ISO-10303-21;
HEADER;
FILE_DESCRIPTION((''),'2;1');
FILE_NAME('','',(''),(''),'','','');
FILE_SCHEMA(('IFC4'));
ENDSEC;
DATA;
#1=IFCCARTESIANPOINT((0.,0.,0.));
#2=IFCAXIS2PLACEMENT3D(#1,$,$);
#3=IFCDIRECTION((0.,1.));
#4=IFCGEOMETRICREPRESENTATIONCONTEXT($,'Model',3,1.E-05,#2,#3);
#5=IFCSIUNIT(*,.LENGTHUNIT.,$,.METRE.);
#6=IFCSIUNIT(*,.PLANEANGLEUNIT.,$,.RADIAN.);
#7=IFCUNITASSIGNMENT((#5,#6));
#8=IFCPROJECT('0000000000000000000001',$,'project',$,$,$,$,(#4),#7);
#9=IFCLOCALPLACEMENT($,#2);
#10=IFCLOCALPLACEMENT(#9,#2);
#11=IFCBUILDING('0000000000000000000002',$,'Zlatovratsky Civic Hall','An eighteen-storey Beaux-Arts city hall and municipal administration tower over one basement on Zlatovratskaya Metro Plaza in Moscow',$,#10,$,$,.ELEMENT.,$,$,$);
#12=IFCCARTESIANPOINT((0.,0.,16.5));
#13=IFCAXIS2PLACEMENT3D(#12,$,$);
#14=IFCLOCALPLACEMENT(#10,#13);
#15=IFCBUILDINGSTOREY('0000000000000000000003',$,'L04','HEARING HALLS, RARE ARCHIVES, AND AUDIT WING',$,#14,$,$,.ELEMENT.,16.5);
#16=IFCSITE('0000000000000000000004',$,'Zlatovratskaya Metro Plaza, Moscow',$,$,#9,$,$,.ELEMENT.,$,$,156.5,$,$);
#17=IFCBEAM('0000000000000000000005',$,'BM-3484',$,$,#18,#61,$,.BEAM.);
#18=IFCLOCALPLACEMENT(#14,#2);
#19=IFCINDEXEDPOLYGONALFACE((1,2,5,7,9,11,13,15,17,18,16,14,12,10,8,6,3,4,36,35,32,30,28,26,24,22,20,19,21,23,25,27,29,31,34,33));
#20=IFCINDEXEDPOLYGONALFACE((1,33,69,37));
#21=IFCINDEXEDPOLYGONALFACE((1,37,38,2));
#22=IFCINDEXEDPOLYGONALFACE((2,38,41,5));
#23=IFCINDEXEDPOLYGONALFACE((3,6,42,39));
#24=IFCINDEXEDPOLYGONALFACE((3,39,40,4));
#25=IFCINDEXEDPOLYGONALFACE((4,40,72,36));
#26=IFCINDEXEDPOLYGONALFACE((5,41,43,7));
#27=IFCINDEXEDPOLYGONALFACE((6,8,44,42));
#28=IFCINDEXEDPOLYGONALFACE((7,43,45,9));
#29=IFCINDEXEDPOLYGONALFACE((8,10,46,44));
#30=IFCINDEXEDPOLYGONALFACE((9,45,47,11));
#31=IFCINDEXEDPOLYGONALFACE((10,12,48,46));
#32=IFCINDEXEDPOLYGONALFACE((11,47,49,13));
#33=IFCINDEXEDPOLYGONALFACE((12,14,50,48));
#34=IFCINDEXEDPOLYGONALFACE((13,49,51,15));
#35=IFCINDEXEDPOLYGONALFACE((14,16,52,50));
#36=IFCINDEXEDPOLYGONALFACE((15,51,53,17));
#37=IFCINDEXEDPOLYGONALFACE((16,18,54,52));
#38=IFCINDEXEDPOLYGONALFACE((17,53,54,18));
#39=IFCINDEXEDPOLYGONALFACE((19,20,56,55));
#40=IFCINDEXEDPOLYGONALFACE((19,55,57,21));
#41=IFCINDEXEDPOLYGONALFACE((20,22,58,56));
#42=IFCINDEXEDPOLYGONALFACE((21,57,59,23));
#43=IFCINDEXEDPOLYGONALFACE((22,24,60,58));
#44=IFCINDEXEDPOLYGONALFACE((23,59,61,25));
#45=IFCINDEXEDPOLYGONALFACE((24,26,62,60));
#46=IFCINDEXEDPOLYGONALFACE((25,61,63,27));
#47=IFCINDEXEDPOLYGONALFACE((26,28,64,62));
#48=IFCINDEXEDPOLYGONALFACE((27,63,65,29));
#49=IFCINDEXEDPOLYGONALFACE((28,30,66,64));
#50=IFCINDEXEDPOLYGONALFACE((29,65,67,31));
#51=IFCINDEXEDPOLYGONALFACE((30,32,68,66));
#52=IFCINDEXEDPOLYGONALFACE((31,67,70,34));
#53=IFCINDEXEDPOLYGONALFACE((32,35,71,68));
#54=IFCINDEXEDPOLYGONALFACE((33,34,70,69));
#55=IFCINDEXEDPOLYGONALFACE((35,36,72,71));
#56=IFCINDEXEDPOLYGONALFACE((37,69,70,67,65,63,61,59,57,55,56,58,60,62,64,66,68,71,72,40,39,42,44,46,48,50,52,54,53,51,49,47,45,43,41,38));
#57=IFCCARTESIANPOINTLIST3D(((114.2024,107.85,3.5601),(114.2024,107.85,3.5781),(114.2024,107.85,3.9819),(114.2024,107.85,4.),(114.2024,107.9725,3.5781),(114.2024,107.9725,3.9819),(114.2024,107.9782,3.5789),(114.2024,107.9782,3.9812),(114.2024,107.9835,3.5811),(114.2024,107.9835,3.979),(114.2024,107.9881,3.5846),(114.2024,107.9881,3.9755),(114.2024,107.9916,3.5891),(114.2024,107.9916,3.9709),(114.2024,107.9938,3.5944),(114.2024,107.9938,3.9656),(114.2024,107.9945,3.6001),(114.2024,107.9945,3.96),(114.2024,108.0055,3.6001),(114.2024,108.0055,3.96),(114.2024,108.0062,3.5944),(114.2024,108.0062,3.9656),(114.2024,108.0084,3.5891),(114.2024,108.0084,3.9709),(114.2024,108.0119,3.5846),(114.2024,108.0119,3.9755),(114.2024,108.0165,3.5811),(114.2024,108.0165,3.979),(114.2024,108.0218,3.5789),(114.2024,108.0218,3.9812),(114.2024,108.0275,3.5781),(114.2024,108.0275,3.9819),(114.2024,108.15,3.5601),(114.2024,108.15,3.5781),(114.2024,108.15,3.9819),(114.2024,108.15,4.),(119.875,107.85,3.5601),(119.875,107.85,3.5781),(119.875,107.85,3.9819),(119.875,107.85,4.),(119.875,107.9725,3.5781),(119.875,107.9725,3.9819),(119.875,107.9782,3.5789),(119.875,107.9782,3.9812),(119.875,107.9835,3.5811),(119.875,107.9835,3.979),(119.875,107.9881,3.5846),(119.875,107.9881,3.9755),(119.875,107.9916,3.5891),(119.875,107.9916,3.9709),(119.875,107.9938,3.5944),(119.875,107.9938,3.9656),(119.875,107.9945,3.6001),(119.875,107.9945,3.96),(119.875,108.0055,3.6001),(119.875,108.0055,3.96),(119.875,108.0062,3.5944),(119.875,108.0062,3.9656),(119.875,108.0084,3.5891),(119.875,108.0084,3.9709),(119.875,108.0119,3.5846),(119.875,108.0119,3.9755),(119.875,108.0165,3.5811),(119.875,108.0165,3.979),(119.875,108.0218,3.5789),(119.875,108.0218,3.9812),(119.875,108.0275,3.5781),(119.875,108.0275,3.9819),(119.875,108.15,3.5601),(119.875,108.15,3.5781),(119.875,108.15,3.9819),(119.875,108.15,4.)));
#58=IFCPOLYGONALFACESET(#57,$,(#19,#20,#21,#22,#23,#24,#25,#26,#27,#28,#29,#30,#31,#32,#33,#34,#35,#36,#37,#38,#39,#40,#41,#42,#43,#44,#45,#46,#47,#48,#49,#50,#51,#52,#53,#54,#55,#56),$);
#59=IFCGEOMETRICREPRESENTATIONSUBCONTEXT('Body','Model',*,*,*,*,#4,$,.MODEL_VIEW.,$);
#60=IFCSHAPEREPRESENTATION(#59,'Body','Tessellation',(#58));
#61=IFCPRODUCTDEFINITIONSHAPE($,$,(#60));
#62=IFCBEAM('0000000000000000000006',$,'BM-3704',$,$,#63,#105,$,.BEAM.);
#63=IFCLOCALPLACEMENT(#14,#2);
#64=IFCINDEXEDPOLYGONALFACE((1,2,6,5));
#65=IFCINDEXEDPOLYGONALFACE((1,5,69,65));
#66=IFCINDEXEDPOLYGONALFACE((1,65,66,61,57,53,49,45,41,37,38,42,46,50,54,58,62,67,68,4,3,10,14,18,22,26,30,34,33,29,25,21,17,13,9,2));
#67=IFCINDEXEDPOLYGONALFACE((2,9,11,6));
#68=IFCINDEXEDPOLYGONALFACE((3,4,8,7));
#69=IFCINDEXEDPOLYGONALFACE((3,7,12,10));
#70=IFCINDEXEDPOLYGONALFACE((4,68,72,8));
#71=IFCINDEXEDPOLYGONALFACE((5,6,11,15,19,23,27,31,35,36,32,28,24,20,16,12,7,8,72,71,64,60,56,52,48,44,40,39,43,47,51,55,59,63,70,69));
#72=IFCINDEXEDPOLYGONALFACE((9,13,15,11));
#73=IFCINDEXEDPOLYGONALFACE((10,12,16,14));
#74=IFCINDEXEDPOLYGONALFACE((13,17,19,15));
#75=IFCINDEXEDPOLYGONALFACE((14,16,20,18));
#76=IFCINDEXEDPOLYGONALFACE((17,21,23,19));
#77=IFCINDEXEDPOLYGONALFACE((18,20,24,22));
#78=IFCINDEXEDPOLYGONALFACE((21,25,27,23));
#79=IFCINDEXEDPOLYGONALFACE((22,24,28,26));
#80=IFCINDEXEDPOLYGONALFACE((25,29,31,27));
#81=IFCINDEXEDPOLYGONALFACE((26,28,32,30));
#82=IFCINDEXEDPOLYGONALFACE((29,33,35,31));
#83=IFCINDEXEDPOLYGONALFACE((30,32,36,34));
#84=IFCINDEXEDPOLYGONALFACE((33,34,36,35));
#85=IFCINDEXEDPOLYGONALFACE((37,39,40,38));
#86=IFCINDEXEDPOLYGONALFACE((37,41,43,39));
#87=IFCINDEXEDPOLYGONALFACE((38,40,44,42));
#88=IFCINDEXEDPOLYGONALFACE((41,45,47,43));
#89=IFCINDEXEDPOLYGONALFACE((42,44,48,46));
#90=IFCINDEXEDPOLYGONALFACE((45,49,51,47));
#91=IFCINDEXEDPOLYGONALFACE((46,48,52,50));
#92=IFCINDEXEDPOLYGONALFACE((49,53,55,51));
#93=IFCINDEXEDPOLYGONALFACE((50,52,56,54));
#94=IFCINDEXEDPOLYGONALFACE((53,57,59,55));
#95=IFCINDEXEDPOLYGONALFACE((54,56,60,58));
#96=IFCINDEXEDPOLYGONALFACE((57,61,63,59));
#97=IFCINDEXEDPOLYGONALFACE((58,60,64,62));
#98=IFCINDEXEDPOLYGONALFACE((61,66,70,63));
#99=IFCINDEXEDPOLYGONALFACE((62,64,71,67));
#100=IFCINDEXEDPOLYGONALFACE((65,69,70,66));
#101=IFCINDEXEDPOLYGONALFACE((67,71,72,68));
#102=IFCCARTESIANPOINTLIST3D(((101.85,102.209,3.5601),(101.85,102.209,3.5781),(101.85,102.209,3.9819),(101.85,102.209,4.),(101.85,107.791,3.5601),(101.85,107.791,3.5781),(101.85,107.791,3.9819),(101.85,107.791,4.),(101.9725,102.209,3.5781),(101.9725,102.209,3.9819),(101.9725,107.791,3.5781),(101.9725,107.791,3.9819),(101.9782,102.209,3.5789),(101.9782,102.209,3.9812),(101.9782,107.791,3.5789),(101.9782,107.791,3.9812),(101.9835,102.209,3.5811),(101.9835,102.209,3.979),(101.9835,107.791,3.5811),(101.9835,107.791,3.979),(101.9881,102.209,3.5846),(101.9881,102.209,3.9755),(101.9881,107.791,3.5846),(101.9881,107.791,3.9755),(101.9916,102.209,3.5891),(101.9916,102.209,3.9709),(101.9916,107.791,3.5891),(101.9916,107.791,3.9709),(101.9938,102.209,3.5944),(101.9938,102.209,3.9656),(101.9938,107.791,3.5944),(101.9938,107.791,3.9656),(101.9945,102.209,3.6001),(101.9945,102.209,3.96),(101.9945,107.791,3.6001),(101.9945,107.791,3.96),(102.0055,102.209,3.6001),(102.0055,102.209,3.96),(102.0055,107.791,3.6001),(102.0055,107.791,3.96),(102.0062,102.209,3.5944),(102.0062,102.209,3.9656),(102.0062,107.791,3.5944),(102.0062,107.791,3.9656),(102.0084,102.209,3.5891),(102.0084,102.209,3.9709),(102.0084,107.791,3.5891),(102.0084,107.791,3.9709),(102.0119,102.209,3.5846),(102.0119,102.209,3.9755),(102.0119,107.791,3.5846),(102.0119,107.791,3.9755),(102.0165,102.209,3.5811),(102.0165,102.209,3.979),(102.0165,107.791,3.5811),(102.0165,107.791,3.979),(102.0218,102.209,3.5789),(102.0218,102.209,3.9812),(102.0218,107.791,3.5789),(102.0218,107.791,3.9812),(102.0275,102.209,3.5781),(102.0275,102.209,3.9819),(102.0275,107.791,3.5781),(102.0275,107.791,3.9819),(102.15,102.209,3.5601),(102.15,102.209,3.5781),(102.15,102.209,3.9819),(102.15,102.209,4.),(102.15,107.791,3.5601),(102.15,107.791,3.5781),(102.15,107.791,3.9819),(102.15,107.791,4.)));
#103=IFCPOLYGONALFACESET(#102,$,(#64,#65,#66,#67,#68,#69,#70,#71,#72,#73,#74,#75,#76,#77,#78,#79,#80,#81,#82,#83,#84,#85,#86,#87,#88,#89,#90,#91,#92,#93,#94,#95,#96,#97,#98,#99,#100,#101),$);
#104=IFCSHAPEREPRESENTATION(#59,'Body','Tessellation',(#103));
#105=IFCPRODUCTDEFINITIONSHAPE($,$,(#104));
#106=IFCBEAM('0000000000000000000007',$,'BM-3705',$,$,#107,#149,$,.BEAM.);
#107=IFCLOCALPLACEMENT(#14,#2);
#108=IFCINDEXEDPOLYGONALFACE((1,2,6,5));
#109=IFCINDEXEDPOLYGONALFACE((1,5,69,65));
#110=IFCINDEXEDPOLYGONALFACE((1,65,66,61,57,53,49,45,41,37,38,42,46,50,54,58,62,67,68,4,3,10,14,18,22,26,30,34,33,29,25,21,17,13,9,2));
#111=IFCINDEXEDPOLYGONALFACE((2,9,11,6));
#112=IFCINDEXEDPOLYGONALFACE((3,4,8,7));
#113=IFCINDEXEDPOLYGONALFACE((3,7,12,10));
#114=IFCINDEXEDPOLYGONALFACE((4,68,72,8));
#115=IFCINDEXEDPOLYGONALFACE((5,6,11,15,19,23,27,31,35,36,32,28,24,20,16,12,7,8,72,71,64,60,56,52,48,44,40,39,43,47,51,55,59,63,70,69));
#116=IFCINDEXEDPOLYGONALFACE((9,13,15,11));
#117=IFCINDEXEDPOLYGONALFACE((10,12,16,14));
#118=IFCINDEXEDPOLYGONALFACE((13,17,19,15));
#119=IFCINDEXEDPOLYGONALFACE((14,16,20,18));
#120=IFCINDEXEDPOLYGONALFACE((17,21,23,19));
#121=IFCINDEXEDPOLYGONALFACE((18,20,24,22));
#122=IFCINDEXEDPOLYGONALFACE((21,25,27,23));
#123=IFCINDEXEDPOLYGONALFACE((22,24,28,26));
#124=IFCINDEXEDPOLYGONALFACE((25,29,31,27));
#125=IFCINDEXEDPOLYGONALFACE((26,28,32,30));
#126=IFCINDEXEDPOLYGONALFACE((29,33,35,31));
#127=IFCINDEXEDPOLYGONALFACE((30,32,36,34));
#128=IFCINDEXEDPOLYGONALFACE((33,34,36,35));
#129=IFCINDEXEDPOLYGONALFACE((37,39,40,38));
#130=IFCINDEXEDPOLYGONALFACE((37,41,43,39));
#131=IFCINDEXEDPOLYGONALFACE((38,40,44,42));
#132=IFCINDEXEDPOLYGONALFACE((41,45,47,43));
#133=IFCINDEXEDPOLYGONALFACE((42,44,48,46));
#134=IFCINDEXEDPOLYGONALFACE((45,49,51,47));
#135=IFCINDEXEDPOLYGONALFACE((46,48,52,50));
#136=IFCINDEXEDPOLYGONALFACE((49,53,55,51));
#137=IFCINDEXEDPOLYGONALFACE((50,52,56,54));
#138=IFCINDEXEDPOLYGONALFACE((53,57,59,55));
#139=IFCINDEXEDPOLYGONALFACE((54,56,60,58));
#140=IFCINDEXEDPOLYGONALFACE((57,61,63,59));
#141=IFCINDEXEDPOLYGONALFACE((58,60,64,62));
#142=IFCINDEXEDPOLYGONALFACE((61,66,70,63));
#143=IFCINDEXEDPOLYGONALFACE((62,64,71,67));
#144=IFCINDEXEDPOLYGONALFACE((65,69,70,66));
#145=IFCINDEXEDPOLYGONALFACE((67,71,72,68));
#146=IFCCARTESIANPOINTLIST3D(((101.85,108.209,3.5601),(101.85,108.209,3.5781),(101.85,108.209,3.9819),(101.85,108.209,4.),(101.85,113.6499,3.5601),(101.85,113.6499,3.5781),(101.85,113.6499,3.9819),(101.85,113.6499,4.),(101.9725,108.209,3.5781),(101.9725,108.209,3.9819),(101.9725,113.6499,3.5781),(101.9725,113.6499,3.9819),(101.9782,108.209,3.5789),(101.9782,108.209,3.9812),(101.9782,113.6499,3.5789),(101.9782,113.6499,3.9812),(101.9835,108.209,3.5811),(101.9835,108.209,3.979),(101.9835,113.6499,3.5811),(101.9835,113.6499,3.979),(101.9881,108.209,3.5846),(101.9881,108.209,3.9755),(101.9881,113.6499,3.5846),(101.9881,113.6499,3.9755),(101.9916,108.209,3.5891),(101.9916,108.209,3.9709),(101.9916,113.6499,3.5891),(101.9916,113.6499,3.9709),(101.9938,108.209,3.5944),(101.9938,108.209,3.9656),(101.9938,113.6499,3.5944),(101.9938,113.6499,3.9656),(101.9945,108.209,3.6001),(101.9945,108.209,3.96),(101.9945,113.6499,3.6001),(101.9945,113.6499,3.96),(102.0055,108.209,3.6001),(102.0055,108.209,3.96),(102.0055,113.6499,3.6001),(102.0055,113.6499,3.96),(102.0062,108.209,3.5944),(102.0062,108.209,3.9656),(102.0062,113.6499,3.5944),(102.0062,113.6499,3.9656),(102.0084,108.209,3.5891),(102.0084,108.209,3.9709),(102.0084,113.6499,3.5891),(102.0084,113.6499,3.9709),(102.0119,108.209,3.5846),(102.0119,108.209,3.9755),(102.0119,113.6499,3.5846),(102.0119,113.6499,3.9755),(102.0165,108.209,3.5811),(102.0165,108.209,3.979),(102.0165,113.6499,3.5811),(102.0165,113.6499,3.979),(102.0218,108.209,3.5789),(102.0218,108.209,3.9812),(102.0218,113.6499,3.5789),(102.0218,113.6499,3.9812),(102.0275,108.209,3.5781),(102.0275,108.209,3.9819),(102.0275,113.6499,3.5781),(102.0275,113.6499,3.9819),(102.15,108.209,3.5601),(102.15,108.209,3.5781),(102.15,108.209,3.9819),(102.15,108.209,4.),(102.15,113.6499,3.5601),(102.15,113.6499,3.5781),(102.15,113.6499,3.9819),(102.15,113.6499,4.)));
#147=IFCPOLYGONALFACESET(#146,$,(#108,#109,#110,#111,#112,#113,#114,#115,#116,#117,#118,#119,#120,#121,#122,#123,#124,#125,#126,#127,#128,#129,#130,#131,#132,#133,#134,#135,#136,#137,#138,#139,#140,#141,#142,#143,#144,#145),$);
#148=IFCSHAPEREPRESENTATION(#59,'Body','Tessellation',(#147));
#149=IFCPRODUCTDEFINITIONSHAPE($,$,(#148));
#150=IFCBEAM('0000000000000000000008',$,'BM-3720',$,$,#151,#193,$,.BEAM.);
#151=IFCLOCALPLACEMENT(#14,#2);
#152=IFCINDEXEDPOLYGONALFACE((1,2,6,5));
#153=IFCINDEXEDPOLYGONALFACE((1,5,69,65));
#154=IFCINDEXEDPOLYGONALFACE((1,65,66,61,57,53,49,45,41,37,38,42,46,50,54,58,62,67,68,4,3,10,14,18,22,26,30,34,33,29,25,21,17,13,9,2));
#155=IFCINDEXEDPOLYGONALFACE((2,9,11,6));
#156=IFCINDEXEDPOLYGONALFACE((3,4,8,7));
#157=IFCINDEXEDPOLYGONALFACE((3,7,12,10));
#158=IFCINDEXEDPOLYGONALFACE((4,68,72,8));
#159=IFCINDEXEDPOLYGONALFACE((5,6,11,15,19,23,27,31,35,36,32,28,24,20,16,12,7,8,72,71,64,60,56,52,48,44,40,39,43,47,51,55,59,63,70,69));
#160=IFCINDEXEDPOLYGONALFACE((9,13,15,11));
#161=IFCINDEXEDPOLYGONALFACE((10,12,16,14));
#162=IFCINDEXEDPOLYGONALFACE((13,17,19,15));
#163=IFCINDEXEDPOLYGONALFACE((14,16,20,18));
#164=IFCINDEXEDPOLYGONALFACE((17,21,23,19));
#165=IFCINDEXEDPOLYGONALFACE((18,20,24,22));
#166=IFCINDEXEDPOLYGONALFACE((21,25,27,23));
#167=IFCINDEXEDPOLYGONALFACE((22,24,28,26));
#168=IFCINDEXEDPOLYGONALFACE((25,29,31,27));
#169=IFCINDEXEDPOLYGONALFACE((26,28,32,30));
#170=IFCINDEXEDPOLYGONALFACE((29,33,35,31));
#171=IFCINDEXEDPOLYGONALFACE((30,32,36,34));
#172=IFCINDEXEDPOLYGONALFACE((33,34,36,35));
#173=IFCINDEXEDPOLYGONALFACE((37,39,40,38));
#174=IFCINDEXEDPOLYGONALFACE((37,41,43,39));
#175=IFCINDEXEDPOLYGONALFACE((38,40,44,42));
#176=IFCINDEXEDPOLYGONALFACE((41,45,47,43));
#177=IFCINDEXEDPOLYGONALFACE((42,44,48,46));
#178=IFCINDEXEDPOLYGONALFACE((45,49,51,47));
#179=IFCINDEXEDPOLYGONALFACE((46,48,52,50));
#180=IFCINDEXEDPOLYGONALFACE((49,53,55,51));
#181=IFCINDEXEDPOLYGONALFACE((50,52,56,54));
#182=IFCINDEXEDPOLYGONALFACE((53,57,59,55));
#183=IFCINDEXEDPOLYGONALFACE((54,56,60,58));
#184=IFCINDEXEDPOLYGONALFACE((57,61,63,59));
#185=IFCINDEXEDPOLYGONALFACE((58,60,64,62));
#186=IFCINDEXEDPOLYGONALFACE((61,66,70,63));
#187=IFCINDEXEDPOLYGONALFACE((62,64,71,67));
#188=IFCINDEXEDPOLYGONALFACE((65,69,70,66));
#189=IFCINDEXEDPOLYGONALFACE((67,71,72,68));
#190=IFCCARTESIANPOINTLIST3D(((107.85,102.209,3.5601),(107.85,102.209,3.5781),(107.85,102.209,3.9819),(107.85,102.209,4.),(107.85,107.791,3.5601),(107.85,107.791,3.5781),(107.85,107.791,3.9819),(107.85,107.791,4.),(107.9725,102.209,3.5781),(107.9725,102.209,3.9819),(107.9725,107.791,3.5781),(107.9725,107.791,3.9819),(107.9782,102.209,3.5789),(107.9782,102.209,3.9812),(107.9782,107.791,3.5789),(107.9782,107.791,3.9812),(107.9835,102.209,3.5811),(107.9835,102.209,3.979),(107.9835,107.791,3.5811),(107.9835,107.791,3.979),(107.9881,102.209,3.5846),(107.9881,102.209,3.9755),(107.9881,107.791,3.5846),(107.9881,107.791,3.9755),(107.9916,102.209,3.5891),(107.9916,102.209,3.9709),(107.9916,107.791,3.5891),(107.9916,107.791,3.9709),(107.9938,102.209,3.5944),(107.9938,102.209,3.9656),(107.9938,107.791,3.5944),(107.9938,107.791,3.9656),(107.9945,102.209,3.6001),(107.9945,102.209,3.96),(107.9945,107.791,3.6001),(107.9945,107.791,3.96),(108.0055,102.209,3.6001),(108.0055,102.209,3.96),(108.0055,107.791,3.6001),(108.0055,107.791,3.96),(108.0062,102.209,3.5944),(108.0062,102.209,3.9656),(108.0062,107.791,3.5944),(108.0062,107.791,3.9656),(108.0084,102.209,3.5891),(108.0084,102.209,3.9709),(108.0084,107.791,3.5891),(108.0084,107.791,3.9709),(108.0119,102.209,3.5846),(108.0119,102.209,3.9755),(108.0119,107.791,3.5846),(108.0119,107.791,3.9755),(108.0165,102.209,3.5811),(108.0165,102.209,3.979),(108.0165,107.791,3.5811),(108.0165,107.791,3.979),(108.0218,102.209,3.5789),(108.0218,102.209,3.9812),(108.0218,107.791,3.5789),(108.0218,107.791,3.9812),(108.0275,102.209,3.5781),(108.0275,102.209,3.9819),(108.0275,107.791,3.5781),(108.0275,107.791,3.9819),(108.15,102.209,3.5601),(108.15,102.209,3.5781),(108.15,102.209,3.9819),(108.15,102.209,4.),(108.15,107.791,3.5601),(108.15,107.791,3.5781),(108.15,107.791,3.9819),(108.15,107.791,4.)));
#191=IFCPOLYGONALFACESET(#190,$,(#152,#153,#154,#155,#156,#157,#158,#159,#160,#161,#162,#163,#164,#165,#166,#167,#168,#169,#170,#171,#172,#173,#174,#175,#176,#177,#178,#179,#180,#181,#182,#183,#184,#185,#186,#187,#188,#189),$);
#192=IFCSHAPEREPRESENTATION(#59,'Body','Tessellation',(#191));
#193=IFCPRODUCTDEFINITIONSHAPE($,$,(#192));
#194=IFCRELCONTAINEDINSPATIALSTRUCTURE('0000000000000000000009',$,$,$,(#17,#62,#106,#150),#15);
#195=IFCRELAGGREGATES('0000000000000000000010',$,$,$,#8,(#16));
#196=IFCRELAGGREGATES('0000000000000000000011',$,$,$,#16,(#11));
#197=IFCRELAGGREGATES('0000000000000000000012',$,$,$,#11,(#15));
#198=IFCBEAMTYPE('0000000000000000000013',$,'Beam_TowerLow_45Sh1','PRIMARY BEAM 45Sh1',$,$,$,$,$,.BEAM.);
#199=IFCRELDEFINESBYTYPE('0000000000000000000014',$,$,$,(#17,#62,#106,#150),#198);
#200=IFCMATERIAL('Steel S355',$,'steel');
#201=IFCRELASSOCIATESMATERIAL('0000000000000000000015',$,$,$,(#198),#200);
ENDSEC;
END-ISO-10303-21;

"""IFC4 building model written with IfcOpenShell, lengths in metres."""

from ifc_helpers import new_model, si_unit, direction, frame, origin, origin_2d, place, context, subcontext, project, spatial, i_section, extrude, material, material_profile, profile_set, type_object, element, save


model = new_model("IFC4")

# Units and contexts
model_context = context("Model", 3, precision=1e-05, world=origin(), true_north=direction((0.0, 1.0)))
body_context = subcontext(model_context, "Body", "Model", "MODEL_VIEW")
ifc_project = project(units=[si_unit("LENGTHUNIT", "METRE"), si_unit("PLANEANGLEUNIT", "RADIAN")], contexts=[model_context])

# Site, building, storey
site_placement = place(None, origin())
site = spatial("IfcSite", under=ifc_project, at=site_placement, Name="Zlatovratskaya Metro Plaza, Moscow", CompositionType="ELEMENT", RefElevation=156.5)
building_placement = place(site_placement, origin())
building = spatial("IfcBuilding", under=site, at=building_placement, Name="Zlatovratsky Civic Hall", Description="An eighteen-storey Beaux-Arts city hall and municipal administration tower over one basement on Zlatovratskaya Metro Plaza in Moscow", CompositionType="ELEMENT")
storey_placement = place(building_placement, frame((0.0, 0.0, 16.5)))
storey = spatial("IfcBuildingStorey", under=building, at=storey_placement, Name="L04", Description="HEARING HALLS, RARE ARCHIVES, AND AUDIT WING", CompositionType="ELEMENT", Elevation=16.5)

# Shared definitions
ifc_material_1 = material(Name="Steel S355", Category="steel")

# Beams
ifc_material_profile_1 = material_profile(ifc_material_1, i_section(OverallWidth=0.3, OverallDepth=0.4399, WebThickness=0.011, FlangeThickness=0.0181, FilletRadius=0.022, at=origin_2d()), Name="45Sh1")
ifc_profile_set_1 = profile_set([ifc_material_profile_1], Name="Steel S355")
beam_type_1 = type_object("IfcBeamType", Name="Beam_TowerLow_45Sh1", Description="PRIMARY BEAM 45Sh1", PredefinedType="BEAM", material=ifc_profile_set_1)
beam_1_placement = place(storey_placement, frame((114.2024, 108.0, 3.78), z_axis=(1.0, 0.0, 0.0), x_axis=(0.0, 1.0, 0.0)))
element("IfcBeam", 1, at=beam_1_placement, inside=storey, type_object=beam_type_1, Name="BM-3484", PredefinedType="BEAM", context=body_context, shape_type="SweptSolid", body=[
    extrude(i_section(OverallWidth=0.3, OverallDepth=0.4399, WebThickness=0.011, FlangeThickness=0.0181, FilletRadius=0.022, at=origin_2d()), origin(), (0.0, 0.0, 1.0), 5.6726),
])
beam_2_placement = place(storey_placement, frame((102.0, 102.209, 3.78), z_axis=(0.0, 1.0, 0.0), x_axis=(-1.0, 0.0, 0.0)))
element("IfcBeam", 2, at=beam_2_placement, inside=storey, type_object=beam_type_1, Name="BM-3704", PredefinedType="BEAM", context=body_context, shape_type="SweptSolid", body=[
    extrude(i_section(OverallWidth=0.3, OverallDepth=0.4399, WebThickness=0.011, FlangeThickness=0.0181, FilletRadius=0.022, at=origin_2d()), origin(), (0.0, 0.0, 1.0), 5.582),
])
beam_3_placement = place(storey_placement, frame((102.0, 108.209, 3.78), z_axis=(0.0, 1.0, 0.0), x_axis=(-1.0, 0.0, 0.0)))
element("IfcBeam", 3, at=beam_3_placement, inside=storey, type_object=beam_type_1, Name="BM-3705", PredefinedType="BEAM", context=body_context, shape_type="SweptSolid", body=[
    extrude(i_section(OverallWidth=0.3, OverallDepth=0.4399, WebThickness=0.011, FlangeThickness=0.0181, FilletRadius=0.022, at=origin_2d()), origin(), (0.0, 0.0, 1.0), 5.4409),
])
beam_4_placement = place(storey_placement, frame((108.0, 102.209, 3.78), z_axis=(0.0, 1.0, 0.0), x_axis=(-1.0, 0.0, 0.0)))
element("IfcBeam", 4, at=beam_4_placement, inside=storey, type_object=beam_type_1, Name="BM-3720", PredefinedType="BEAM", context=body_context, shape_type="SweptSolid", body=[
    extrude(i_section(OverallWidth=0.3, OverallDepth=0.4399, WebThickness=0.011, FlangeThickness=0.0181, FilletRadius=0.022, at=origin_2d()), origin(), (0.0, 0.0, 1.0), 5.582),
])

save(model, "model.ifc")
